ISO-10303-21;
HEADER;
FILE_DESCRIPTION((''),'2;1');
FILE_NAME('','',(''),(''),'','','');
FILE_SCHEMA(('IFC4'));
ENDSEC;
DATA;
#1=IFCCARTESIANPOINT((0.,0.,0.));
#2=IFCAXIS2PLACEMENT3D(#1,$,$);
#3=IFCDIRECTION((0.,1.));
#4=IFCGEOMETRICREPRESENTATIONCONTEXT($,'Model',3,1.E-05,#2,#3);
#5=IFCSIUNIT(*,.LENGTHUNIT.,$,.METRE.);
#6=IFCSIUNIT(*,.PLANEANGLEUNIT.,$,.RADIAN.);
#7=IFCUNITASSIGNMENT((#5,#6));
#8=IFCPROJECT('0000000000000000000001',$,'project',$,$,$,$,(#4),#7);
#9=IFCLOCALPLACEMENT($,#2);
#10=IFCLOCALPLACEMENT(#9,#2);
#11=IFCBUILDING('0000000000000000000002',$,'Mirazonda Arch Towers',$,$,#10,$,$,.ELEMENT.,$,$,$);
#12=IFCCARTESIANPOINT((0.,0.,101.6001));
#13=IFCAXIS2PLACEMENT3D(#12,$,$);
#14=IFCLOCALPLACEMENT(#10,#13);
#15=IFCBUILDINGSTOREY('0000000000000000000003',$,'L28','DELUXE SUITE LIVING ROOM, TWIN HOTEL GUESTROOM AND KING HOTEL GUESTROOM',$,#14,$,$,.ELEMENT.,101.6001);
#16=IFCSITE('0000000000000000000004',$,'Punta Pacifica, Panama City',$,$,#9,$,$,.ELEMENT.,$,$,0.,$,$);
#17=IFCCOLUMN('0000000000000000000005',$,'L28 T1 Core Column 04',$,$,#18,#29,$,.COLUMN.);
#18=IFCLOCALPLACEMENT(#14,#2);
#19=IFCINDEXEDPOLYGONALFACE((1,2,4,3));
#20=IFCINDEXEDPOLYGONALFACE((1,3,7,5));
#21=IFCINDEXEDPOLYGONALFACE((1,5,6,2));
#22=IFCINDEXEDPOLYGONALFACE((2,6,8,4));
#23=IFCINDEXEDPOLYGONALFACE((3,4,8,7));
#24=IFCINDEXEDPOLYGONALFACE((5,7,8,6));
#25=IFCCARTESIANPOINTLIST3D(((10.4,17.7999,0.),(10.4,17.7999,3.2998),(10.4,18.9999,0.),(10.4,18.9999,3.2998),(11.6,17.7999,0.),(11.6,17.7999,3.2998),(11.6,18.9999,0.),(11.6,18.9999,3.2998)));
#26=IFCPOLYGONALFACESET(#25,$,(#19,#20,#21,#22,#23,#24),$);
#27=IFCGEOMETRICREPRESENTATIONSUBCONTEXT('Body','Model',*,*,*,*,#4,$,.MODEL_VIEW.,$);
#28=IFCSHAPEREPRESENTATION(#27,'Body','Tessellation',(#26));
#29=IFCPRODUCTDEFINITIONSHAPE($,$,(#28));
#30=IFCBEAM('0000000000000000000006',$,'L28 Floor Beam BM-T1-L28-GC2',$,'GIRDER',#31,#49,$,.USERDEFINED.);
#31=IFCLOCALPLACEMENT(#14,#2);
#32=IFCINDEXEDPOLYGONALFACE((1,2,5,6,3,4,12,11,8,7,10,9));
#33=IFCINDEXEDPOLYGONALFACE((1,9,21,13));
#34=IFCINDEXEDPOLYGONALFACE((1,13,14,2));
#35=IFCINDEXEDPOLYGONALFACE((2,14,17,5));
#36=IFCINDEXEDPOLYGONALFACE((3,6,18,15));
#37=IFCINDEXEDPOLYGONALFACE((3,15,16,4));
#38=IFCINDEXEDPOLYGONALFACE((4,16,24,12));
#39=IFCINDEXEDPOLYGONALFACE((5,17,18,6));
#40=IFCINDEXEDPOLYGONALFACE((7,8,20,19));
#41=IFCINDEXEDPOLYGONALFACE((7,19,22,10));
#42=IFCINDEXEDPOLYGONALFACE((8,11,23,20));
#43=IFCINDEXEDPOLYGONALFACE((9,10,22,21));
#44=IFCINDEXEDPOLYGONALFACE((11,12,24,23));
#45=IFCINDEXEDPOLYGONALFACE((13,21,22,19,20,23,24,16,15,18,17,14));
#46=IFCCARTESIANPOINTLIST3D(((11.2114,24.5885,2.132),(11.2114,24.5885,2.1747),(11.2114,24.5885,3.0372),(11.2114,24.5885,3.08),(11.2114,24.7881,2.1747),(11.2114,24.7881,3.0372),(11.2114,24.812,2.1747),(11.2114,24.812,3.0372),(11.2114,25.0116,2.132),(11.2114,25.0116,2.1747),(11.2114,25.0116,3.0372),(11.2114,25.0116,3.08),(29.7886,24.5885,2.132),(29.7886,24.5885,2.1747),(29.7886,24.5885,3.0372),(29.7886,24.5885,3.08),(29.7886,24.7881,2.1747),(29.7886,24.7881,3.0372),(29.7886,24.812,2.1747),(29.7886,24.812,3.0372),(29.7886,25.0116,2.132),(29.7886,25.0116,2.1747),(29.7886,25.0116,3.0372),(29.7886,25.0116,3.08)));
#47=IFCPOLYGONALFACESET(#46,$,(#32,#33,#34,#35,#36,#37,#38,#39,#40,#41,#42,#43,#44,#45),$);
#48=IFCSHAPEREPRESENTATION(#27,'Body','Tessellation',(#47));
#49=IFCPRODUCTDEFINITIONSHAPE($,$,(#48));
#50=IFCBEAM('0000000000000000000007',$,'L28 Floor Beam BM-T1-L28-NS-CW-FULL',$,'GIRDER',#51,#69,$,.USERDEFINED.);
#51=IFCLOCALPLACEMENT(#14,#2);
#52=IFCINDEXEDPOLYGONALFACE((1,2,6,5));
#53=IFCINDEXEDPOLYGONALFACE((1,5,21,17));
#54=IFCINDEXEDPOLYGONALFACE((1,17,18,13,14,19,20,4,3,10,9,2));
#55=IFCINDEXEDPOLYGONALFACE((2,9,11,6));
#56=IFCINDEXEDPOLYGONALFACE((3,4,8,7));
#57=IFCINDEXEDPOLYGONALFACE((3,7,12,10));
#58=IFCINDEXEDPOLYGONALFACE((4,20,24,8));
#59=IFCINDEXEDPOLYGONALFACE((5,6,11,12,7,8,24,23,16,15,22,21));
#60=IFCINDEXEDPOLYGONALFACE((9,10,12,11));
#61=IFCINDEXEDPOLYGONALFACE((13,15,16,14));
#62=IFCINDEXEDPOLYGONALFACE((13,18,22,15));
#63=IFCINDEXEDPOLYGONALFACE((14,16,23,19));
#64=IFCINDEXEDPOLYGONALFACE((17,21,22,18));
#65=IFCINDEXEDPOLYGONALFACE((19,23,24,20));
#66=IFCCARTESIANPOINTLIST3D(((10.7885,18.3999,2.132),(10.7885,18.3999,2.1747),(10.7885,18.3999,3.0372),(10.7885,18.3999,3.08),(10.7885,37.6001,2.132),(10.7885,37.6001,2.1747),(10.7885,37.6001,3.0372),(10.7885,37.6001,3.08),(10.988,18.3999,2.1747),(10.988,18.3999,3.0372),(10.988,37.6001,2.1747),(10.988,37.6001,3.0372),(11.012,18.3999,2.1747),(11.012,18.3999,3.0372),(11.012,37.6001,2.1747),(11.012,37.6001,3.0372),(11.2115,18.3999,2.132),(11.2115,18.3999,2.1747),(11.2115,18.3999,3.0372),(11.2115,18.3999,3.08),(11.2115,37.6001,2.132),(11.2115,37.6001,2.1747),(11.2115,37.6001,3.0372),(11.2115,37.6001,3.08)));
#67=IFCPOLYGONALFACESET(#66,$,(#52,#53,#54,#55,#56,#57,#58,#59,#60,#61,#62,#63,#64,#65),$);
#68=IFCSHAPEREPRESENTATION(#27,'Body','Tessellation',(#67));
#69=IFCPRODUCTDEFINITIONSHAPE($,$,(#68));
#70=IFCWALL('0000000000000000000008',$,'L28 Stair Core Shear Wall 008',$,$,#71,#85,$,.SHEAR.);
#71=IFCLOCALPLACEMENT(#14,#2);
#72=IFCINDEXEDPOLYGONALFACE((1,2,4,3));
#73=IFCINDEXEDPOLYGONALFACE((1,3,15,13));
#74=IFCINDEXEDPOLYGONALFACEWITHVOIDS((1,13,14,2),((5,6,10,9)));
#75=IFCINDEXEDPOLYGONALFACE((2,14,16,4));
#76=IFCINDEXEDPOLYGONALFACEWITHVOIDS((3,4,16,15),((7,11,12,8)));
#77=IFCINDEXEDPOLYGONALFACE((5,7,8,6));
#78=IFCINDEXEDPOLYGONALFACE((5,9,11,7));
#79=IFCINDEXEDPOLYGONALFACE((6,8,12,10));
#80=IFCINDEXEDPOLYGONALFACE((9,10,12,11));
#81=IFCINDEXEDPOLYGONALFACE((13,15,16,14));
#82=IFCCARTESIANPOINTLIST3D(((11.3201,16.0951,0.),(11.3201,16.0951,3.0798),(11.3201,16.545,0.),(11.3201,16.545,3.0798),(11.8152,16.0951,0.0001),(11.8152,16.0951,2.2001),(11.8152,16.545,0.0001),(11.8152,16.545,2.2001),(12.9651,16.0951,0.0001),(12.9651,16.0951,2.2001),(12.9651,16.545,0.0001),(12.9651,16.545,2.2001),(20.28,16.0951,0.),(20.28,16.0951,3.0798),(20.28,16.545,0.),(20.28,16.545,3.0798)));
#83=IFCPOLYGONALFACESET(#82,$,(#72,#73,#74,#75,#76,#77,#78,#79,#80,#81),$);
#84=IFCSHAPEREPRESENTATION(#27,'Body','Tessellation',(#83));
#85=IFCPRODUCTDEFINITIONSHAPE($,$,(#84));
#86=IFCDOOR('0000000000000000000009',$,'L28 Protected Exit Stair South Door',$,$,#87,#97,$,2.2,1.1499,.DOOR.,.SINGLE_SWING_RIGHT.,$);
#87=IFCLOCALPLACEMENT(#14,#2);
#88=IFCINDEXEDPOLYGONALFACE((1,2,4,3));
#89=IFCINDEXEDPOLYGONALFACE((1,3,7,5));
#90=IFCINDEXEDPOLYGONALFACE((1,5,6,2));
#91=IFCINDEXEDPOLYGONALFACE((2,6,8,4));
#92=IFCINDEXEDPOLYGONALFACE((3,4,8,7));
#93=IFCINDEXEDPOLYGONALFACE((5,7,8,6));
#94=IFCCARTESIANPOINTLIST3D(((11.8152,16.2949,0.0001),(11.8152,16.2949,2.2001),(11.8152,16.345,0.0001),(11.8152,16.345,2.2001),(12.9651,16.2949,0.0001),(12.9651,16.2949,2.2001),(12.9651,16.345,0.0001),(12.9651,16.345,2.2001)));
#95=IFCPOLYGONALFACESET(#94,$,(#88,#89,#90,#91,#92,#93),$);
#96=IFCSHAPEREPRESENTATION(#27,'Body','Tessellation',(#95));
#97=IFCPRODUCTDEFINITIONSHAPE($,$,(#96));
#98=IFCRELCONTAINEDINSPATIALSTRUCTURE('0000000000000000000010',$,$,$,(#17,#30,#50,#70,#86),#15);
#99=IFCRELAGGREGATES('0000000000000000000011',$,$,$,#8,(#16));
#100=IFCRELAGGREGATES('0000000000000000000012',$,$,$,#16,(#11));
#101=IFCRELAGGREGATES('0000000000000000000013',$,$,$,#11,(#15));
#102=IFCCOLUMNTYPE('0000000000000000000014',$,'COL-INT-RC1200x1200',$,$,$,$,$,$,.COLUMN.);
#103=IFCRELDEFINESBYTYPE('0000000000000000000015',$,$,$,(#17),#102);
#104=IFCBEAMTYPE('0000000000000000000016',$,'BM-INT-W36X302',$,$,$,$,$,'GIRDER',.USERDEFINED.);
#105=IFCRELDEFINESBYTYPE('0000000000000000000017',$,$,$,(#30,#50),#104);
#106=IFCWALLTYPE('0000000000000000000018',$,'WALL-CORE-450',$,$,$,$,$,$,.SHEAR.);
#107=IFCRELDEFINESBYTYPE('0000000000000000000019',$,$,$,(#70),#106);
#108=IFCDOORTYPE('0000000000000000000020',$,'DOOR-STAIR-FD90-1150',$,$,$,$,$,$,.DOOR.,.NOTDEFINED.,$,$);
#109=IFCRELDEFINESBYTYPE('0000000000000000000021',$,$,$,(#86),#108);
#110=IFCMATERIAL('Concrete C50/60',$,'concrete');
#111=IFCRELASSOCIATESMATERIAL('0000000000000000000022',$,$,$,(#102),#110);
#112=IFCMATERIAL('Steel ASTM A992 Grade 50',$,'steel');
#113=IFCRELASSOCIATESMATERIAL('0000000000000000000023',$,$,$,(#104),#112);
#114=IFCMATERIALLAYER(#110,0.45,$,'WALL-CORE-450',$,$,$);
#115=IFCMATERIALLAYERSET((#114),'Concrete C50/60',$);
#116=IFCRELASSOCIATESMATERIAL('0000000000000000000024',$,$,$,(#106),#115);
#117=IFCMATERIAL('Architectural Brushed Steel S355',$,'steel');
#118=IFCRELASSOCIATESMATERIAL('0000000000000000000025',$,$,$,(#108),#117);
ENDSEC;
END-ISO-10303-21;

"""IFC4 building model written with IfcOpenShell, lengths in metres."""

from ifc_helpers import new_model, si_unit, direction, frame, frame_2d, origin, origin_2d, place, context, subcontext, project, spatial, rectangle, i_section, extrude, material, layer, layer_set, material_profile, profile_set, type_object, element, fill, save


model = new_model("IFC4")

# Units and contexts
model_context = context("Model", 3, precision=1e-05, world=origin(), true_north=direction((0.0, 1.0)))
body_context = subcontext(model_context, "Body", "Model", "MODEL_VIEW")
ifc_project = project(units=[si_unit("LENGTHUNIT", "METRE"), si_unit("PLANEANGLEUNIT", "RADIAN")], contexts=[model_context])

# Site, building, storey
site_placement = place(None, origin())
site = spatial("IfcSite", under=ifc_project, at=site_placement, Name="Punta Pacifica, Panama City", CompositionType="ELEMENT", RefElevation=0.0)
building_placement = place(site_placement, origin())
building = spatial("IfcBuilding", under=site, at=building_placement, Name="Mirazonda Arch Towers", CompositionType="ELEMENT")
storey_placement = place(building_placement, frame((0.0, 0.0, 101.6001)))
storey = spatial("IfcBuildingStorey", under=building, at=storey_placement, Name="L28", Description="DELUXE SUITE LIVING ROOM, TWIN HOTEL GUESTROOM AND KING HOTEL GUESTROOM", CompositionType="ELEMENT", Elevation=101.6001)

# Column
ifc_material_1 = material(Name="Concrete C50/60", Category="concrete")
ifc_material_profile_1 = material_profile(ifc_material_1, rectangle(XDim=1.2, YDim=1.2, at=origin_2d()), Name="RC1200x1200")
ifc_profile_set_1 = profile_set([ifc_material_profile_1], Name="Concrete C50/60")
column_type = type_object("IfcColumnType", Name="COL-INT-RC1200x1200", PredefinedType="COLUMN", material=ifc_profile_set_1)
column_placement = place(storey_placement, frame((11.0, 18.3999, 0.0), z_axis=(0.0, 0.0, 1.0), x_axis=(1.0, 0.0, 0.0)))
element("IfcColumn", 1, at=column_placement, inside=storey, type_object=column_type, Name="L28 T1 Core Column 04", PredefinedType="COLUMN", context=body_context, shape_type="SweptSolid", body=[
    extrude(rectangle(XDim=1.2, YDim=1.2, at=origin_2d()), origin(), (0.0, 0.0, 1.0), 3.2998),
])

# Beams
ifc_material_2 = material(Name="Steel ASTM A992 Grade 50", Category="steel")
ifc_material_profile_2 = material_profile(ifc_material_2, i_section(OverallWidth=0.4231, OverallDepth=0.948, WebThickness=0.0239, FlangeThickness=0.0427, at=origin_2d()), Name="W36X302")
ifc_profile_set_2 = profile_set([ifc_material_profile_2], Name="Steel ASTM A992 Grade 50")
beam_type = type_object("IfcBeamType", Name="BM-INT-W36X302", ElementType="GIRDER", PredefinedType="USERDEFINED", material=ifc_profile_set_2)
beam_1_placement = place(storey_placement, frame((11.2114, 24.8, 2.606), z_axis=(1.0, 0.0, 0.0), x_axis=(0.0, 1.0, 0.0)))
element("IfcBeam", 2, at=beam_1_placement, inside=storey, type_object=beam_type, Name="L28 Floor Beam BM-T1-L28-GC2", ObjectType="GIRDER", PredefinedType="USERDEFINED", context=body_context, shape_type="SweptSolid", body=[
    extrude(i_section(OverallWidth=0.4231, OverallDepth=0.948, WebThickness=0.0239, FlangeThickness=0.0427, at=origin_2d()), origin(), (0.0, 0.0, 1.0), 18.5771),
])
beam_2_placement = place(storey_placement, frame((11.0, 18.3999, 2.606), z_axis=(0.0, 1.0, 0.0), x_axis=(-1.0, 0.0, 0.0)))
element("IfcBeam", 3, at=beam_2_placement, inside=storey, type_object=beam_type, Name="L28 Floor Beam BM-T1-L28-NS-CW-FULL", ObjectType="GIRDER", PredefinedType="USERDEFINED", context=body_context, shape_type="SweptSolid", body=[
    extrude(i_section(OverallWidth=0.4231, OverallDepth=0.948, WebThickness=0.0239, FlangeThickness=0.0427, at=origin_2d()), origin(), (0.0, 0.0, 1.0), 19.2002),
])

# Wall, opening, door
ifc_layer_1 = layer(ifc_material_1, 0.45, Name="WALL-CORE-450")
ifc_layer_set_1 = layer_set([ifc_layer_1], Name="Concrete C50/60")
wall_type_1 = type_object("IfcWallType", Name="WALL-CORE-450", PredefinedType="SHEAR", material=ifc_layer_set_1)
wall_1_placement = place(storey_placement, frame((11.3201, 16.3201, 0.0), z_axis=(0.0, 0.0, 1.0), x_axis=(1.0, 0.0, 0.0)))
wall_1 = element("IfcWall", 4, at=wall_1_placement, inside=storey, type_object=wall_type_1, Name="L28 Stair Core Shear Wall 008", PredefinedType="SHEAR", context=body_context, shape_type="SweptSolid", body=[
    extrude(rectangle(XDim=8.96, YDim=0.45, at=frame_2d((4.48, 0.0))), origin(), (0.0, 0.0, 1.0), 3.0798),
])
opening_1_placement = place(wall_1_placement, frame((0.4951, 0.0, 0.0)))
opening_1 = element("IfcOpeningElement", 5, at=opening_1_placement, cuts=wall_1, PredefinedType="OPENING", context=body_context, shape_type="SweptSolid", body=[
    extrude(rectangle(XDim=1.1499, YDim=2.2, at=frame_2d((0.575, 1.1001))), frame((0.0, 0.2349, 0.0), z_axis=(0.0, -1.0, 0.0), x_axis=(1.0, 0.0, 0.0)), (0.0, 0.0, 1.0), 0.47),
])
ifc_material_3 = material(Name="Architectural Brushed Steel S355", Category="steel")
door_type_1 = type_object("IfcDoorType", Name="DOOR-STAIR-FD90-1150", OperationType="NOTDEFINED", PredefinedType="DOOR", material=ifc_material_3)
door_1_placement = place(opening_1_placement, origin())
door_1 = element("IfcDoor", 6, at=door_1_placement, inside=storey, type_object=door_type_1, Name="L28 Protected Exit Stair South Door", OperationType="SINGLE_SWING_RIGHT", OverallHeight=2.2, OverallWidth=1.1499, PredefinedType="DOOR", context=body_context, shape_type="SweptSolid", body=[
    extrude(rectangle(XDim=1.1499, YDim=2.2, at=frame_2d((0.575, 1.1001))), frame((0.0, 0.0249, 0.0), z_axis=(0.0, -1.0, 0.0), x_axis=(1.0, 0.0, 0.0)), (0.0, 0.0, 1.0), 0.05),
])
fill(opening_1, door_1)

save(model, "model.ifc")
